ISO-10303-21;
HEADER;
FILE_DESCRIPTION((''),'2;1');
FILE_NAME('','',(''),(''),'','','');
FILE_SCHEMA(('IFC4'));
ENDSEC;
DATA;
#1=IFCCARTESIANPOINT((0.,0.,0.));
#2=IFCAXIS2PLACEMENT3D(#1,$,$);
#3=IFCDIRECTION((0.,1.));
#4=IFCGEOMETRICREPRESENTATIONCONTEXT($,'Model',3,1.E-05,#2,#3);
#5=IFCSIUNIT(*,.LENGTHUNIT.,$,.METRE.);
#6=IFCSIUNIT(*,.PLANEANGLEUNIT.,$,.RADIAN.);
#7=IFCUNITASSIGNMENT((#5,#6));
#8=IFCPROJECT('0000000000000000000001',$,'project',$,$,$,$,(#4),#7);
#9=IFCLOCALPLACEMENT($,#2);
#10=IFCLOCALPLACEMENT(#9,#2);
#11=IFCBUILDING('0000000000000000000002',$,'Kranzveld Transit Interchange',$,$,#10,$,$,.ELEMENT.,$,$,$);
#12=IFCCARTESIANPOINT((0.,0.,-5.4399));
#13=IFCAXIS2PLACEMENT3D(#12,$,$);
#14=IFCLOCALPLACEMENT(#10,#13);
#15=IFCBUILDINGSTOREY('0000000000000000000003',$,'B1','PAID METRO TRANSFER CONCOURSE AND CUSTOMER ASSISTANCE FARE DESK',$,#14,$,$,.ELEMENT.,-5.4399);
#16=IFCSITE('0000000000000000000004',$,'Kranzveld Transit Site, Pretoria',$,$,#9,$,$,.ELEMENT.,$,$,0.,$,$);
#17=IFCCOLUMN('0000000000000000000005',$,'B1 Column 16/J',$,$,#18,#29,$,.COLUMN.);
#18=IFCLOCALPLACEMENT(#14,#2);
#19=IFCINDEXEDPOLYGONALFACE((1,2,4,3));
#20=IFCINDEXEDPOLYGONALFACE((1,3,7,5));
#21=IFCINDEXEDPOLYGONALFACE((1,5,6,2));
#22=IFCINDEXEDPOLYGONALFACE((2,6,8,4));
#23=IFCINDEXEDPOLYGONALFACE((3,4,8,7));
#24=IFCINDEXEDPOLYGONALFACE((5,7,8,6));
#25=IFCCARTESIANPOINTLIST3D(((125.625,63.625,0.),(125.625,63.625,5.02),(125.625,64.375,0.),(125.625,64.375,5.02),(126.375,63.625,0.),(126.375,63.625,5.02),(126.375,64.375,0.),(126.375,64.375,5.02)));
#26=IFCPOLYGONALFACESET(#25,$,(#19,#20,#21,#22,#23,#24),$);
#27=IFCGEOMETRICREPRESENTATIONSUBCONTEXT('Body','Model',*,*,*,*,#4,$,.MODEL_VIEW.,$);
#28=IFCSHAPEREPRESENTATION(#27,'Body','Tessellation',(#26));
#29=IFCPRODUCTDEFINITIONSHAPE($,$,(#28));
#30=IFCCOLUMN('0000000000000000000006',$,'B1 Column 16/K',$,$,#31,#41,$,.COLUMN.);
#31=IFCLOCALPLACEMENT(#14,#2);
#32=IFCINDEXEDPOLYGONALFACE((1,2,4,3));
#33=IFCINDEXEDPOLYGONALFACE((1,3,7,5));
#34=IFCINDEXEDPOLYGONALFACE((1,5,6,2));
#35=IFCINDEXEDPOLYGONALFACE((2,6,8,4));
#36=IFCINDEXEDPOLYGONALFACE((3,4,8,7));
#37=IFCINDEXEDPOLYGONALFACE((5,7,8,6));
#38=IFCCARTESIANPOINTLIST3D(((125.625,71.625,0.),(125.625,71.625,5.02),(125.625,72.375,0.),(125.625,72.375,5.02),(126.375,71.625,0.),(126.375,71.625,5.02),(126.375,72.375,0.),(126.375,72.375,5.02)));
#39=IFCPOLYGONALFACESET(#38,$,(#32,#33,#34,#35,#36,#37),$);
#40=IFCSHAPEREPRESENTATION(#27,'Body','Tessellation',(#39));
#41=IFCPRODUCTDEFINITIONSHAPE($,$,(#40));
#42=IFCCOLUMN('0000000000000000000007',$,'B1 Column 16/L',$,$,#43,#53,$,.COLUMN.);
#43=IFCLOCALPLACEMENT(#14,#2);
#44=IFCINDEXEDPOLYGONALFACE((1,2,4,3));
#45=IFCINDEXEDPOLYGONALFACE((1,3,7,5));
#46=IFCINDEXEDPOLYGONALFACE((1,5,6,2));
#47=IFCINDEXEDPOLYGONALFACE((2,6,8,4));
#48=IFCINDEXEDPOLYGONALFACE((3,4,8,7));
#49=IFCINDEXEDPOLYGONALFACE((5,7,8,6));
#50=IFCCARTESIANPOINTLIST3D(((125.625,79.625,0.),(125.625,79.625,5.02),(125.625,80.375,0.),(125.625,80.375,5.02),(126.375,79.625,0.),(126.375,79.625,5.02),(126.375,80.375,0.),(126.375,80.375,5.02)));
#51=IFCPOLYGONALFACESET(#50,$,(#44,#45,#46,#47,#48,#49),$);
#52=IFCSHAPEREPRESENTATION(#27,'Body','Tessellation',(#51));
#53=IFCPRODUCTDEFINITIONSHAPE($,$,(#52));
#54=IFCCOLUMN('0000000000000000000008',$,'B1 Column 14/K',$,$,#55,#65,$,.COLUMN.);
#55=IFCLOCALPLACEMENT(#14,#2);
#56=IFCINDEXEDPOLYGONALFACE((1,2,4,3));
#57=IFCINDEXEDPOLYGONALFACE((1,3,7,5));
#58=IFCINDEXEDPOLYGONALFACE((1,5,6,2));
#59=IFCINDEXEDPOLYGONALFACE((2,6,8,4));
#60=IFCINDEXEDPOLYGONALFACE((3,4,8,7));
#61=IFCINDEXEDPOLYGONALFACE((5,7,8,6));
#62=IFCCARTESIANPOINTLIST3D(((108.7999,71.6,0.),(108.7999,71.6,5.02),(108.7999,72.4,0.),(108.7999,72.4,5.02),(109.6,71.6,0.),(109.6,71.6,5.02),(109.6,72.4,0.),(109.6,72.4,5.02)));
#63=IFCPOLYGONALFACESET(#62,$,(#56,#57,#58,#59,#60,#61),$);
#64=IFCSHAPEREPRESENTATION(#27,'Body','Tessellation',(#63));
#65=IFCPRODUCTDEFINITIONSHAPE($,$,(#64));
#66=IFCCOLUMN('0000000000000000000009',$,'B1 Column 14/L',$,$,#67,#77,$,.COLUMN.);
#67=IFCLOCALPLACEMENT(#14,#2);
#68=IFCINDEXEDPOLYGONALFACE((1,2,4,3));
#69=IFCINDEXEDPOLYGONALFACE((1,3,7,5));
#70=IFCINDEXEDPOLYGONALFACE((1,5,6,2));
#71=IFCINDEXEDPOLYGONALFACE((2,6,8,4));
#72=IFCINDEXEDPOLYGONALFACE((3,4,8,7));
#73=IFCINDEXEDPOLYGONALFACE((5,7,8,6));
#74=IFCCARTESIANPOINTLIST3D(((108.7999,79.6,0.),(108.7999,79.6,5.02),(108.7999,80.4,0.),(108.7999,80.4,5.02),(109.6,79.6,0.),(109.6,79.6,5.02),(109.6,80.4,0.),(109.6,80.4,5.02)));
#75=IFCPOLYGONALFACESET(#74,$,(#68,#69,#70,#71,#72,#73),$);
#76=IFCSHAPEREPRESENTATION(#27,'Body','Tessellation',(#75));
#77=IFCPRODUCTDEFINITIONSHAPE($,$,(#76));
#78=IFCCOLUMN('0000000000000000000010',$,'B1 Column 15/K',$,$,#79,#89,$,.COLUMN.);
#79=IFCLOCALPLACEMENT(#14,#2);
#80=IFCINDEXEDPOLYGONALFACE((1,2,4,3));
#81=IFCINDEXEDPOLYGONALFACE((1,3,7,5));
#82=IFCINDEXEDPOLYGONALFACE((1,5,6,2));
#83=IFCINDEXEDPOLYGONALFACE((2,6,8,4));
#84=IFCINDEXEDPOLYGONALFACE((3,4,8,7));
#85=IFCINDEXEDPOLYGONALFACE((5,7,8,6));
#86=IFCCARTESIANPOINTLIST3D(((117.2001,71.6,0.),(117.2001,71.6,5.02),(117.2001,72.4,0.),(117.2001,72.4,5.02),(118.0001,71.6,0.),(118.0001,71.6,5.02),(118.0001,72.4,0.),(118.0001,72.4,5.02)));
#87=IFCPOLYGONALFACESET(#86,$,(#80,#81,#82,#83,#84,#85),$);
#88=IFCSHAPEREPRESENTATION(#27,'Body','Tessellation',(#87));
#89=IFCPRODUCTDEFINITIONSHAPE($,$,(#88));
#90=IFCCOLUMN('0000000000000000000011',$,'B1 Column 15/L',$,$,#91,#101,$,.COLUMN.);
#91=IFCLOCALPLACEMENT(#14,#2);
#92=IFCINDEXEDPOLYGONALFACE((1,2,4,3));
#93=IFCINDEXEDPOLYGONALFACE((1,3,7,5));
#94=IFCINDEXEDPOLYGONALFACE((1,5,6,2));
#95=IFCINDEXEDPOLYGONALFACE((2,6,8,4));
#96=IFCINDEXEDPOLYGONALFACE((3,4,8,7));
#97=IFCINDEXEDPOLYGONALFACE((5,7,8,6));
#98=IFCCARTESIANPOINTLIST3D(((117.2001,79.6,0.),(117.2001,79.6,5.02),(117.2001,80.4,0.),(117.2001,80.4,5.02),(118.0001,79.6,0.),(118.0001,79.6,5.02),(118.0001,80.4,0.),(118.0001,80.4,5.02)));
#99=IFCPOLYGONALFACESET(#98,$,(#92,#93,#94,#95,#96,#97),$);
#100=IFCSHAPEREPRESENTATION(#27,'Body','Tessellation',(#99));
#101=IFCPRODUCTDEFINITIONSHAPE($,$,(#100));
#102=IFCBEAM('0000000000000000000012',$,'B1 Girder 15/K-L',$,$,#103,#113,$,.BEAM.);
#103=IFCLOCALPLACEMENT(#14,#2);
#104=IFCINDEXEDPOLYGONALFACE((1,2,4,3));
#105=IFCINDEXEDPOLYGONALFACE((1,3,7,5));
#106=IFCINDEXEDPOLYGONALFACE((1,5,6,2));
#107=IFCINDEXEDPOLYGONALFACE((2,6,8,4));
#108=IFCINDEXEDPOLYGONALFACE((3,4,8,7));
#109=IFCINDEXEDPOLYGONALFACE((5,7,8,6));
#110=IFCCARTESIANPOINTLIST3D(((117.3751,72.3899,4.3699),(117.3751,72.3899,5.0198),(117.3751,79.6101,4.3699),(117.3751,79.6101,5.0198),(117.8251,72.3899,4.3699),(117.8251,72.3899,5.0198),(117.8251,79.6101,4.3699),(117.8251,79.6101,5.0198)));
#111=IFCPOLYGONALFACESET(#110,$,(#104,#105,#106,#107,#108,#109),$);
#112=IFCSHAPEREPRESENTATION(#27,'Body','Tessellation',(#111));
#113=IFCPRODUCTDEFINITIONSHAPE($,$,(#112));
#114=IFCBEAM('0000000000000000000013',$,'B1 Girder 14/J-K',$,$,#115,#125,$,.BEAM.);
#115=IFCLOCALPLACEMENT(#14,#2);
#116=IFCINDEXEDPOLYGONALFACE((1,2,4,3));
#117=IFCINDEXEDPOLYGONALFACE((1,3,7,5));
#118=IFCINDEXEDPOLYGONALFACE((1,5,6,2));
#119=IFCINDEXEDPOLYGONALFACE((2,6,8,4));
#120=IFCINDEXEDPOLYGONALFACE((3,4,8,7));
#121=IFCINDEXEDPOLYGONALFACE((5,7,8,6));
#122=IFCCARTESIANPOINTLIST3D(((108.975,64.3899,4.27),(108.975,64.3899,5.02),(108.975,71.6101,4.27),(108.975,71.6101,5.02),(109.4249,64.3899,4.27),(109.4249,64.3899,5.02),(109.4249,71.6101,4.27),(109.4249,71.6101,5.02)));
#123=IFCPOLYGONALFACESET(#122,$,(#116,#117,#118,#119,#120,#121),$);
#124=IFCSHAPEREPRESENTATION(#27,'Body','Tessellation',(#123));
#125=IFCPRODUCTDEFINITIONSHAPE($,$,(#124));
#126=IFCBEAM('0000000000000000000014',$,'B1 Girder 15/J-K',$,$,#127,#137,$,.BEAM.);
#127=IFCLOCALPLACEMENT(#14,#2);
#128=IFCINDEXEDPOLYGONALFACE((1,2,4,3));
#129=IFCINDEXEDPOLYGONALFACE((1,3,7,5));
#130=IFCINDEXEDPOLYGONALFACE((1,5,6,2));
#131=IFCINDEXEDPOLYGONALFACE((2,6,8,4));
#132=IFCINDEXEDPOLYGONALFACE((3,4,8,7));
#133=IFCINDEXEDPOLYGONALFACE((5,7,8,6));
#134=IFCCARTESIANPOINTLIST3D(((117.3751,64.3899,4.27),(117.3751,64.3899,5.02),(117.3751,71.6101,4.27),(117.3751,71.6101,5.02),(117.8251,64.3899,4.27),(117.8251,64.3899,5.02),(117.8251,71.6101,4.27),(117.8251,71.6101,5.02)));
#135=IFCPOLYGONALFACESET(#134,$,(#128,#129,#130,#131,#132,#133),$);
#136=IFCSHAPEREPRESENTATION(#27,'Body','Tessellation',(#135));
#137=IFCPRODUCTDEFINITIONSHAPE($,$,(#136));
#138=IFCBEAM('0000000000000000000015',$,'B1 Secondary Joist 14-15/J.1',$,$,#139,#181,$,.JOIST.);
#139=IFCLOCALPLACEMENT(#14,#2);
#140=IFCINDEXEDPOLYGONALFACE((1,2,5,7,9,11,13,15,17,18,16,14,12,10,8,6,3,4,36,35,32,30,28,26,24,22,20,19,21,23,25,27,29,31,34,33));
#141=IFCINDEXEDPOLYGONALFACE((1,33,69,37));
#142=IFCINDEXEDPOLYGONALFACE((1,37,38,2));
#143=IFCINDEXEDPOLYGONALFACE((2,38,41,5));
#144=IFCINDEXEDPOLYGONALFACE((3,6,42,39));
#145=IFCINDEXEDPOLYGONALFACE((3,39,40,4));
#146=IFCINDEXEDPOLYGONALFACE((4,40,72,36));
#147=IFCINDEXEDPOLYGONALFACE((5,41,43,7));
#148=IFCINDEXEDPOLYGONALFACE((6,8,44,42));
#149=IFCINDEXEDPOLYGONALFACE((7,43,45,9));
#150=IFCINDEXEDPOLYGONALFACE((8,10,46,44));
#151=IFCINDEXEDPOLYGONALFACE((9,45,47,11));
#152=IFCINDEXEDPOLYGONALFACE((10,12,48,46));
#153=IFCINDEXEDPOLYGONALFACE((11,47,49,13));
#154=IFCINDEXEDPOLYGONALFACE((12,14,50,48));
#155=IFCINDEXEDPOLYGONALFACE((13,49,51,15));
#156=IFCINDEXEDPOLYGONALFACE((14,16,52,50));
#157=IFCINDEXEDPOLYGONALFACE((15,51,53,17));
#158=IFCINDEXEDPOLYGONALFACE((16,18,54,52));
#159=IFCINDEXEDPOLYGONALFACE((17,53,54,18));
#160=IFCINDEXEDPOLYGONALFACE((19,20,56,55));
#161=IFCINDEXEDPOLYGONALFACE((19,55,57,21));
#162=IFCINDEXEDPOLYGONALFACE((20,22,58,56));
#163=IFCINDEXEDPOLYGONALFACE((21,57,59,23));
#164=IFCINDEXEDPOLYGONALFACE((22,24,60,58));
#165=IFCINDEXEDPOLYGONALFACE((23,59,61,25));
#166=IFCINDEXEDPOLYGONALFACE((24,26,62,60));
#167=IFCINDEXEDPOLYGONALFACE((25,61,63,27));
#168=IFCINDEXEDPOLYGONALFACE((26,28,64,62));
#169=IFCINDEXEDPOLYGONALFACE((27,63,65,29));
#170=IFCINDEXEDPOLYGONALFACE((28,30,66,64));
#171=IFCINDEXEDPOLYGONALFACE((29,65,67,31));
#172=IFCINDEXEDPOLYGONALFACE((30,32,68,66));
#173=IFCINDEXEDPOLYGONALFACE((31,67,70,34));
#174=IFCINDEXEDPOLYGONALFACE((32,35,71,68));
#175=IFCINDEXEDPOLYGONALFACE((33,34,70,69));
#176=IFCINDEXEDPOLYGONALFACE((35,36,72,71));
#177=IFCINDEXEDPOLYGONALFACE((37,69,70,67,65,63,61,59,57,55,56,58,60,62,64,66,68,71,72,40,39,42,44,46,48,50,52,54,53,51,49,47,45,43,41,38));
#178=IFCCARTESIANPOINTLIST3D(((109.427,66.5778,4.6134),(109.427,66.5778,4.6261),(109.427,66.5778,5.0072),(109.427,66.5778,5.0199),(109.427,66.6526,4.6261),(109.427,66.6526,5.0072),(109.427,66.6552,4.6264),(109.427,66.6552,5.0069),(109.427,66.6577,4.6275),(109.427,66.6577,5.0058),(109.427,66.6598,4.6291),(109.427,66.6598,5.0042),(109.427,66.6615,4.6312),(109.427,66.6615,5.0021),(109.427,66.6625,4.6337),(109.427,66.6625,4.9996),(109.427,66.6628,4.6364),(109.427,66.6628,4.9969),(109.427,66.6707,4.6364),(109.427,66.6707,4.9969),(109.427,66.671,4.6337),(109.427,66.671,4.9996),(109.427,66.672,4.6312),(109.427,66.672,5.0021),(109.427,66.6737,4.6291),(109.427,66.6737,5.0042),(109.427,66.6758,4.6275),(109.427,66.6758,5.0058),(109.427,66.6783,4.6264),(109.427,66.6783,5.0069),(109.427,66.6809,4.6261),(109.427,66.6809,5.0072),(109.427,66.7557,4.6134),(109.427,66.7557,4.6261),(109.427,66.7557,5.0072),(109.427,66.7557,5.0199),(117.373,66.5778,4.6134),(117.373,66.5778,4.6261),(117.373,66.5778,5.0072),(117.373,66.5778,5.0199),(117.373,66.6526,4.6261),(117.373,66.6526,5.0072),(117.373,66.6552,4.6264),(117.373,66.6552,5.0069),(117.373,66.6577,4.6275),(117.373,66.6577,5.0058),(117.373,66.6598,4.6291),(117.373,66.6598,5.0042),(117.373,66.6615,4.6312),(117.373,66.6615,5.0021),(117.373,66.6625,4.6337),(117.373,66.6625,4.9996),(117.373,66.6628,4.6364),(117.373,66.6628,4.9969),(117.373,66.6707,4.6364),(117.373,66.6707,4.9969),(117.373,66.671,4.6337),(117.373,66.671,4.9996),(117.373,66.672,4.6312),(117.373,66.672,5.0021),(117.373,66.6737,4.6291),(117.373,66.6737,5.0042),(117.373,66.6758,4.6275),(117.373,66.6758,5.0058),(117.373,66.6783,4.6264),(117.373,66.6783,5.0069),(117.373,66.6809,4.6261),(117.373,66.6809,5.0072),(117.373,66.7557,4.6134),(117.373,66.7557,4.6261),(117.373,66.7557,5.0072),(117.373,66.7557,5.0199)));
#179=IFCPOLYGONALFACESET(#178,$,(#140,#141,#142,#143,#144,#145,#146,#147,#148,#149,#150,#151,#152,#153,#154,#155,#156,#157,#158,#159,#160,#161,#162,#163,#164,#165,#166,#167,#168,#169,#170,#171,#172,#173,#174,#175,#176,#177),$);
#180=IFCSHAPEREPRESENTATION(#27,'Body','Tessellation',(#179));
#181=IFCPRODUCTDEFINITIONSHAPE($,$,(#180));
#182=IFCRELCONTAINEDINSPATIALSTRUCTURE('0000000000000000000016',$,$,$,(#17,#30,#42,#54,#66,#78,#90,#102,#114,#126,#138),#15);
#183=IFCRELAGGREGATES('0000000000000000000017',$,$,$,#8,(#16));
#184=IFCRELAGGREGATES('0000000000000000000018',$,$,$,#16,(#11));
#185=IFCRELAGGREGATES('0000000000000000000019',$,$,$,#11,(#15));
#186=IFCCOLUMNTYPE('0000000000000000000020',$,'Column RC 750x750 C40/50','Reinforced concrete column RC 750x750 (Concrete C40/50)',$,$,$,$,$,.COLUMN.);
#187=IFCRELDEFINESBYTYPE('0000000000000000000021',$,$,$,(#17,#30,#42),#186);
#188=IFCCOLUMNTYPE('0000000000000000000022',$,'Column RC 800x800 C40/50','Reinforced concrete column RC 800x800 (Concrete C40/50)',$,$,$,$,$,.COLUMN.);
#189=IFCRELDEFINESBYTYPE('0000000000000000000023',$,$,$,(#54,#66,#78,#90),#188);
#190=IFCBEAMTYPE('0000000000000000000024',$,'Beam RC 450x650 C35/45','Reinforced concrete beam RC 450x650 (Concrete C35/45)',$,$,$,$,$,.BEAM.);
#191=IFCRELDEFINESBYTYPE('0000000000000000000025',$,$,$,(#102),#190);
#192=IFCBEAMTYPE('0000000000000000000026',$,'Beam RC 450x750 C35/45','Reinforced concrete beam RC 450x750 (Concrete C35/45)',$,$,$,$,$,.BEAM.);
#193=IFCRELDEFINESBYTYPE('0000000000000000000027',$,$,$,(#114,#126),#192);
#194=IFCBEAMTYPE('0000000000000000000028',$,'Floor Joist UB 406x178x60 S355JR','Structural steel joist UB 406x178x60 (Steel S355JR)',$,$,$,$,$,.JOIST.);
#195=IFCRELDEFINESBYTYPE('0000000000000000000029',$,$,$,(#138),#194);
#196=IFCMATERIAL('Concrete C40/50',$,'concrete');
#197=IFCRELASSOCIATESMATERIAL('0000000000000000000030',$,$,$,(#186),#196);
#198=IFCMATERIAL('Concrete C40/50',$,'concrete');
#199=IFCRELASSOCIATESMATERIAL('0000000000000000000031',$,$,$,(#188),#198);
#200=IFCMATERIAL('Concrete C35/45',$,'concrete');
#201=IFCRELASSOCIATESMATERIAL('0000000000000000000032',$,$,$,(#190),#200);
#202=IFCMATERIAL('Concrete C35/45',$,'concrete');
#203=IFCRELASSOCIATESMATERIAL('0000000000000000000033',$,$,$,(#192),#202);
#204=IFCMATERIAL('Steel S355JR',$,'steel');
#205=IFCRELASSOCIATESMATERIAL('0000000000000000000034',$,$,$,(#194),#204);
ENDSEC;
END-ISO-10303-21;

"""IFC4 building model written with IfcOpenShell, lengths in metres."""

from ifc_helpers import new_model, si_unit, direction, frame, origin, origin_2d, place, context, subcontext, project, spatial, rectangle, i_section, extrude, material, material_profile, profile_set, type_object, element, save


model = new_model("IFC4")

# Units and contexts
model_context = context("Model", 3, precision=1e-05, world=origin(), true_north=direction((0.0, 1.0)))
body_context = subcontext(model_context, "Body", "Model", "MODEL_VIEW")
ifc_project = project(units=[si_unit("LENGTHUNIT", "METRE"), si_unit("PLANEANGLEUNIT", "RADIAN")], contexts=[model_context])

# Site, building, storey
site_placement = place(None, origin())
site = spatial("IfcSite", under=ifc_project, at=site_placement, Name="Kranzveld Transit Site, Pretoria", CompositionType="ELEMENT", RefElevation=0.0)
building_placement = place(site_placement, origin())
building = spatial("IfcBuilding", under=site, at=building_placement, Name="Kranzveld Transit Interchange", CompositionType="ELEMENT")
storey_placement = place(building_placement, frame((0.0, 0.0, -5.4399)))
storey = spatial("IfcBuildingStorey", under=building, at=storey_placement, Name="B1", Description="PAID METRO TRANSFER CONCOURSE AND CUSTOMER ASSISTANCE FARE DESK", CompositionType="ELEMENT", Elevation=-5.4399)

# Columns
ifc_material_1 = material(Name="Concrete C40/50", Category="concrete")
ifc_material_profile_1 = material_profile(ifc_material_1, rectangle(XDim=0.75, YDim=0.75, at=origin_2d()), Name="RC 750x750")
ifc_profile_set_1 = profile_set([ifc_material_profile_1], Name="Concrete C40/50")
column_type_1 = type_object("IfcColumnType", Name="Column RC 750x750 C40/50", Description="Reinforced concrete column RC 750x750 (Concrete C40/50)", PredefinedType="COLUMN", material=ifc_profile_set_1)
for number, where, z_axis, x_axis, name in (
    (1, (126.0, 64.0, 0.0), (0.0, 0.0, 1.0), (1.0, 0.0, 0.0), "B1 Column 16/J"),
    (2, (126.0, 72.0, 0.0), (0.0, 0.0, 1.0), (1.0, 0.0, 0.0), "B1 Column 16/K"),
    (3, (126.0, 80.0, 0.0), (0.0, 0.0, 1.0), (1.0, 0.0, 0.0), "B1 Column 16/L"),
):
    element("IfcColumn", number, at=place(storey_placement, frame(where, z_axis=z_axis, x_axis=x_axis)), inside=storey, type_object=column_type_1, Name=name, PredefinedType="COLUMN", context=body_context, shape_type="SweptSolid", body=[
        extrude(rectangle(XDim=0.75, YDim=0.75, at=origin_2d()), origin(), (0.0, 0.0, 1.0), 5.02),
    ])
ifc_material_2 = material(Name="Concrete C40/50", Category="concrete")
ifc_material_profile_2 = material_profile(ifc_material_2, rectangle(XDim=0.8, YDim=0.8, at=origin_2d()), Name="RC 800x800")
ifc_profile_set_2 = profile_set([ifc_material_profile_2], Name="Concrete C40/50")
column_type_2 = type_object("IfcColumnType", Name="Column RC 800x800 C40/50", Description="Reinforced concrete column RC 800x800 (Concrete C40/50)", PredefinedType="COLUMN", material=ifc_profile_set_2)
for number, where, z_axis, x_axis, name in (
    (4, (109.2, 72.0, 0.0), (0.0, 0.0, 1.0), (1.0, 0.0, 0.0), "B1 Column 14/K"),
    (5, (109.2, 80.0, 0.0), (0.0, 0.0, 1.0), (1.0, 0.0, 0.0), "B1 Column 14/L"),
    (6, (117.6001, 72.0, 0.0), (0.0, 0.0, 1.0), (1.0, 0.0, 0.0), "B1 Column 15/K"),
    (7, (117.6001, 80.0, 0.0), (0.0, 0.0, 1.0), (1.0, 0.0, 0.0), "B1 Column 15/L"),
):
    element("IfcColumn", number, at=place(storey_placement, frame(where, z_axis=z_axis, x_axis=x_axis)), inside=storey, type_object=column_type_2, Name=name, PredefinedType="COLUMN", context=body_context, shape_type="SweptSolid", body=[
        extrude(rectangle(XDim=0.8, YDim=0.8, at=origin_2d()), origin(), (0.0, 0.0, 1.0), 5.02),
    ])

# Beams
ifc_material_3 = material(Name="Concrete C35/45", Category="concrete")
ifc_material_profile_3 = material_profile(ifc_material_3, rectangle(XDim=0.45, YDim=0.6499, at=origin_2d()), Name="RC 450x650")
ifc_profile_set_3 = profile_set([ifc_material_profile_3], Name="Concrete C35/45")
beam_type_1 = type_object("IfcBeamType", Name="Beam RC 450x650 C35/45", Description="Reinforced concrete beam RC 450x650 (Concrete C35/45)", PredefinedType="BEAM", material=ifc_profile_set_3)
beam_1_placement = place(storey_placement, frame((117.6001, 72.3899, 4.6948), z_axis=(0.0, 1.0, 0.0), x_axis=(-1.0, 0.0, 0.0)))
element("IfcBeam", 8, at=beam_1_placement, inside=storey, type_object=beam_type_1, Name="B1 Girder 15/K-L", PredefinedType="BEAM", context=body_context, shape_type="SweptSolid", body=[
    extrude(rectangle(XDim=0.45, YDim=0.6499, at=origin_2d()), origin(), (0.0, 0.0, 1.0), 7.2202),
])
ifc_material_4 = material(Name="Concrete C35/45", Category="concrete")
ifc_material_profile_4 = material_profile(ifc_material_4, rectangle(XDim=0.45, YDim=0.75, at=origin_2d()), Name="RC 450x750")
ifc_profile_set_4 = profile_set([ifc_material_profile_4], Name="Concrete C35/45")
beam_type_2 = type_object("IfcBeamType", Name="Beam RC 450x750 C35/45", Description="Reinforced concrete beam RC 450x750 (Concrete C35/45)", PredefinedType="BEAM", material=ifc_profile_set_4)
for number, where, z_axis, x_axis, name in (
    (9, (109.2, 64.3899, 4.645), (0.0, 1.0, 0.0), (-1.0, 0.0, 0.0), "B1 Girder 14/J-K"),
    (10, (117.6001, 64.3899, 4.645), (0.0, 1.0, 0.0), (-1.0, 0.0, 0.0), "B1 Girder 15/J-K"),
):
    element("IfcBeam", number, at=place(storey_placement, frame(where, z_axis=z_axis, x_axis=x_axis)), inside=storey, type_object=beam_type_2, Name=name, PredefinedType="BEAM", context=body_context, shape_type="SweptSolid", body=[
        extrude(rectangle(XDim=0.45, YDim=0.75, at=origin_2d()), origin(), (0.0, 0.0, 1.0), 7.2202),
    ])
ifc_material_5 = material(Name="Steel S355JR", Category="steel")
ifc_material_profile_5 = material_profile(ifc_material_5, i_section(OverallWidth=0.178, OverallDepth=0.4065, WebThickness=0.0078, FlangeThickness=0.0127, FilletRadius=0.0103, at=origin_2d()), Name="UB 406x178x60")
ifc_profile_set_5 = profile_set([ifc_material_profile_5], Name="Steel S355JR")
beam_type_3 = type_object("IfcBeamType", Name="Floor Joist UB 406x178x60 S355JR", Description="Structural steel joist UB 406x178x60 (Steel S355JR)", PredefinedType="JOIST", material=ifc_profile_set_5)
for number, where, z_axis, x_axis, name in (
    (11, (109.427, 66.6667, 4.8167), (1.0, 0.0, 0.0), (0.0, 1.0, 0.0), "B1 Secondary Joist 14-15/J.1"),
):
    element("IfcBeam", number, at=place(storey_placement, frame(where, z_axis=z_axis, x_axis=x_axis)), inside=storey, type_object=beam_type_3, Name=name, PredefinedType="JOIST", context=body_context, shape_type="SweptSolid", body=[
        extrude(i_section(OverallWidth=0.178, OverallDepth=0.4065, WebThickness=0.0078, FlangeThickness=0.0127, FilletRadius=0.0103, at=origin_2d()), origin(), (0.0, 0.0, 1.0), 7.946),
    ])

save(model, "model.ifc")
